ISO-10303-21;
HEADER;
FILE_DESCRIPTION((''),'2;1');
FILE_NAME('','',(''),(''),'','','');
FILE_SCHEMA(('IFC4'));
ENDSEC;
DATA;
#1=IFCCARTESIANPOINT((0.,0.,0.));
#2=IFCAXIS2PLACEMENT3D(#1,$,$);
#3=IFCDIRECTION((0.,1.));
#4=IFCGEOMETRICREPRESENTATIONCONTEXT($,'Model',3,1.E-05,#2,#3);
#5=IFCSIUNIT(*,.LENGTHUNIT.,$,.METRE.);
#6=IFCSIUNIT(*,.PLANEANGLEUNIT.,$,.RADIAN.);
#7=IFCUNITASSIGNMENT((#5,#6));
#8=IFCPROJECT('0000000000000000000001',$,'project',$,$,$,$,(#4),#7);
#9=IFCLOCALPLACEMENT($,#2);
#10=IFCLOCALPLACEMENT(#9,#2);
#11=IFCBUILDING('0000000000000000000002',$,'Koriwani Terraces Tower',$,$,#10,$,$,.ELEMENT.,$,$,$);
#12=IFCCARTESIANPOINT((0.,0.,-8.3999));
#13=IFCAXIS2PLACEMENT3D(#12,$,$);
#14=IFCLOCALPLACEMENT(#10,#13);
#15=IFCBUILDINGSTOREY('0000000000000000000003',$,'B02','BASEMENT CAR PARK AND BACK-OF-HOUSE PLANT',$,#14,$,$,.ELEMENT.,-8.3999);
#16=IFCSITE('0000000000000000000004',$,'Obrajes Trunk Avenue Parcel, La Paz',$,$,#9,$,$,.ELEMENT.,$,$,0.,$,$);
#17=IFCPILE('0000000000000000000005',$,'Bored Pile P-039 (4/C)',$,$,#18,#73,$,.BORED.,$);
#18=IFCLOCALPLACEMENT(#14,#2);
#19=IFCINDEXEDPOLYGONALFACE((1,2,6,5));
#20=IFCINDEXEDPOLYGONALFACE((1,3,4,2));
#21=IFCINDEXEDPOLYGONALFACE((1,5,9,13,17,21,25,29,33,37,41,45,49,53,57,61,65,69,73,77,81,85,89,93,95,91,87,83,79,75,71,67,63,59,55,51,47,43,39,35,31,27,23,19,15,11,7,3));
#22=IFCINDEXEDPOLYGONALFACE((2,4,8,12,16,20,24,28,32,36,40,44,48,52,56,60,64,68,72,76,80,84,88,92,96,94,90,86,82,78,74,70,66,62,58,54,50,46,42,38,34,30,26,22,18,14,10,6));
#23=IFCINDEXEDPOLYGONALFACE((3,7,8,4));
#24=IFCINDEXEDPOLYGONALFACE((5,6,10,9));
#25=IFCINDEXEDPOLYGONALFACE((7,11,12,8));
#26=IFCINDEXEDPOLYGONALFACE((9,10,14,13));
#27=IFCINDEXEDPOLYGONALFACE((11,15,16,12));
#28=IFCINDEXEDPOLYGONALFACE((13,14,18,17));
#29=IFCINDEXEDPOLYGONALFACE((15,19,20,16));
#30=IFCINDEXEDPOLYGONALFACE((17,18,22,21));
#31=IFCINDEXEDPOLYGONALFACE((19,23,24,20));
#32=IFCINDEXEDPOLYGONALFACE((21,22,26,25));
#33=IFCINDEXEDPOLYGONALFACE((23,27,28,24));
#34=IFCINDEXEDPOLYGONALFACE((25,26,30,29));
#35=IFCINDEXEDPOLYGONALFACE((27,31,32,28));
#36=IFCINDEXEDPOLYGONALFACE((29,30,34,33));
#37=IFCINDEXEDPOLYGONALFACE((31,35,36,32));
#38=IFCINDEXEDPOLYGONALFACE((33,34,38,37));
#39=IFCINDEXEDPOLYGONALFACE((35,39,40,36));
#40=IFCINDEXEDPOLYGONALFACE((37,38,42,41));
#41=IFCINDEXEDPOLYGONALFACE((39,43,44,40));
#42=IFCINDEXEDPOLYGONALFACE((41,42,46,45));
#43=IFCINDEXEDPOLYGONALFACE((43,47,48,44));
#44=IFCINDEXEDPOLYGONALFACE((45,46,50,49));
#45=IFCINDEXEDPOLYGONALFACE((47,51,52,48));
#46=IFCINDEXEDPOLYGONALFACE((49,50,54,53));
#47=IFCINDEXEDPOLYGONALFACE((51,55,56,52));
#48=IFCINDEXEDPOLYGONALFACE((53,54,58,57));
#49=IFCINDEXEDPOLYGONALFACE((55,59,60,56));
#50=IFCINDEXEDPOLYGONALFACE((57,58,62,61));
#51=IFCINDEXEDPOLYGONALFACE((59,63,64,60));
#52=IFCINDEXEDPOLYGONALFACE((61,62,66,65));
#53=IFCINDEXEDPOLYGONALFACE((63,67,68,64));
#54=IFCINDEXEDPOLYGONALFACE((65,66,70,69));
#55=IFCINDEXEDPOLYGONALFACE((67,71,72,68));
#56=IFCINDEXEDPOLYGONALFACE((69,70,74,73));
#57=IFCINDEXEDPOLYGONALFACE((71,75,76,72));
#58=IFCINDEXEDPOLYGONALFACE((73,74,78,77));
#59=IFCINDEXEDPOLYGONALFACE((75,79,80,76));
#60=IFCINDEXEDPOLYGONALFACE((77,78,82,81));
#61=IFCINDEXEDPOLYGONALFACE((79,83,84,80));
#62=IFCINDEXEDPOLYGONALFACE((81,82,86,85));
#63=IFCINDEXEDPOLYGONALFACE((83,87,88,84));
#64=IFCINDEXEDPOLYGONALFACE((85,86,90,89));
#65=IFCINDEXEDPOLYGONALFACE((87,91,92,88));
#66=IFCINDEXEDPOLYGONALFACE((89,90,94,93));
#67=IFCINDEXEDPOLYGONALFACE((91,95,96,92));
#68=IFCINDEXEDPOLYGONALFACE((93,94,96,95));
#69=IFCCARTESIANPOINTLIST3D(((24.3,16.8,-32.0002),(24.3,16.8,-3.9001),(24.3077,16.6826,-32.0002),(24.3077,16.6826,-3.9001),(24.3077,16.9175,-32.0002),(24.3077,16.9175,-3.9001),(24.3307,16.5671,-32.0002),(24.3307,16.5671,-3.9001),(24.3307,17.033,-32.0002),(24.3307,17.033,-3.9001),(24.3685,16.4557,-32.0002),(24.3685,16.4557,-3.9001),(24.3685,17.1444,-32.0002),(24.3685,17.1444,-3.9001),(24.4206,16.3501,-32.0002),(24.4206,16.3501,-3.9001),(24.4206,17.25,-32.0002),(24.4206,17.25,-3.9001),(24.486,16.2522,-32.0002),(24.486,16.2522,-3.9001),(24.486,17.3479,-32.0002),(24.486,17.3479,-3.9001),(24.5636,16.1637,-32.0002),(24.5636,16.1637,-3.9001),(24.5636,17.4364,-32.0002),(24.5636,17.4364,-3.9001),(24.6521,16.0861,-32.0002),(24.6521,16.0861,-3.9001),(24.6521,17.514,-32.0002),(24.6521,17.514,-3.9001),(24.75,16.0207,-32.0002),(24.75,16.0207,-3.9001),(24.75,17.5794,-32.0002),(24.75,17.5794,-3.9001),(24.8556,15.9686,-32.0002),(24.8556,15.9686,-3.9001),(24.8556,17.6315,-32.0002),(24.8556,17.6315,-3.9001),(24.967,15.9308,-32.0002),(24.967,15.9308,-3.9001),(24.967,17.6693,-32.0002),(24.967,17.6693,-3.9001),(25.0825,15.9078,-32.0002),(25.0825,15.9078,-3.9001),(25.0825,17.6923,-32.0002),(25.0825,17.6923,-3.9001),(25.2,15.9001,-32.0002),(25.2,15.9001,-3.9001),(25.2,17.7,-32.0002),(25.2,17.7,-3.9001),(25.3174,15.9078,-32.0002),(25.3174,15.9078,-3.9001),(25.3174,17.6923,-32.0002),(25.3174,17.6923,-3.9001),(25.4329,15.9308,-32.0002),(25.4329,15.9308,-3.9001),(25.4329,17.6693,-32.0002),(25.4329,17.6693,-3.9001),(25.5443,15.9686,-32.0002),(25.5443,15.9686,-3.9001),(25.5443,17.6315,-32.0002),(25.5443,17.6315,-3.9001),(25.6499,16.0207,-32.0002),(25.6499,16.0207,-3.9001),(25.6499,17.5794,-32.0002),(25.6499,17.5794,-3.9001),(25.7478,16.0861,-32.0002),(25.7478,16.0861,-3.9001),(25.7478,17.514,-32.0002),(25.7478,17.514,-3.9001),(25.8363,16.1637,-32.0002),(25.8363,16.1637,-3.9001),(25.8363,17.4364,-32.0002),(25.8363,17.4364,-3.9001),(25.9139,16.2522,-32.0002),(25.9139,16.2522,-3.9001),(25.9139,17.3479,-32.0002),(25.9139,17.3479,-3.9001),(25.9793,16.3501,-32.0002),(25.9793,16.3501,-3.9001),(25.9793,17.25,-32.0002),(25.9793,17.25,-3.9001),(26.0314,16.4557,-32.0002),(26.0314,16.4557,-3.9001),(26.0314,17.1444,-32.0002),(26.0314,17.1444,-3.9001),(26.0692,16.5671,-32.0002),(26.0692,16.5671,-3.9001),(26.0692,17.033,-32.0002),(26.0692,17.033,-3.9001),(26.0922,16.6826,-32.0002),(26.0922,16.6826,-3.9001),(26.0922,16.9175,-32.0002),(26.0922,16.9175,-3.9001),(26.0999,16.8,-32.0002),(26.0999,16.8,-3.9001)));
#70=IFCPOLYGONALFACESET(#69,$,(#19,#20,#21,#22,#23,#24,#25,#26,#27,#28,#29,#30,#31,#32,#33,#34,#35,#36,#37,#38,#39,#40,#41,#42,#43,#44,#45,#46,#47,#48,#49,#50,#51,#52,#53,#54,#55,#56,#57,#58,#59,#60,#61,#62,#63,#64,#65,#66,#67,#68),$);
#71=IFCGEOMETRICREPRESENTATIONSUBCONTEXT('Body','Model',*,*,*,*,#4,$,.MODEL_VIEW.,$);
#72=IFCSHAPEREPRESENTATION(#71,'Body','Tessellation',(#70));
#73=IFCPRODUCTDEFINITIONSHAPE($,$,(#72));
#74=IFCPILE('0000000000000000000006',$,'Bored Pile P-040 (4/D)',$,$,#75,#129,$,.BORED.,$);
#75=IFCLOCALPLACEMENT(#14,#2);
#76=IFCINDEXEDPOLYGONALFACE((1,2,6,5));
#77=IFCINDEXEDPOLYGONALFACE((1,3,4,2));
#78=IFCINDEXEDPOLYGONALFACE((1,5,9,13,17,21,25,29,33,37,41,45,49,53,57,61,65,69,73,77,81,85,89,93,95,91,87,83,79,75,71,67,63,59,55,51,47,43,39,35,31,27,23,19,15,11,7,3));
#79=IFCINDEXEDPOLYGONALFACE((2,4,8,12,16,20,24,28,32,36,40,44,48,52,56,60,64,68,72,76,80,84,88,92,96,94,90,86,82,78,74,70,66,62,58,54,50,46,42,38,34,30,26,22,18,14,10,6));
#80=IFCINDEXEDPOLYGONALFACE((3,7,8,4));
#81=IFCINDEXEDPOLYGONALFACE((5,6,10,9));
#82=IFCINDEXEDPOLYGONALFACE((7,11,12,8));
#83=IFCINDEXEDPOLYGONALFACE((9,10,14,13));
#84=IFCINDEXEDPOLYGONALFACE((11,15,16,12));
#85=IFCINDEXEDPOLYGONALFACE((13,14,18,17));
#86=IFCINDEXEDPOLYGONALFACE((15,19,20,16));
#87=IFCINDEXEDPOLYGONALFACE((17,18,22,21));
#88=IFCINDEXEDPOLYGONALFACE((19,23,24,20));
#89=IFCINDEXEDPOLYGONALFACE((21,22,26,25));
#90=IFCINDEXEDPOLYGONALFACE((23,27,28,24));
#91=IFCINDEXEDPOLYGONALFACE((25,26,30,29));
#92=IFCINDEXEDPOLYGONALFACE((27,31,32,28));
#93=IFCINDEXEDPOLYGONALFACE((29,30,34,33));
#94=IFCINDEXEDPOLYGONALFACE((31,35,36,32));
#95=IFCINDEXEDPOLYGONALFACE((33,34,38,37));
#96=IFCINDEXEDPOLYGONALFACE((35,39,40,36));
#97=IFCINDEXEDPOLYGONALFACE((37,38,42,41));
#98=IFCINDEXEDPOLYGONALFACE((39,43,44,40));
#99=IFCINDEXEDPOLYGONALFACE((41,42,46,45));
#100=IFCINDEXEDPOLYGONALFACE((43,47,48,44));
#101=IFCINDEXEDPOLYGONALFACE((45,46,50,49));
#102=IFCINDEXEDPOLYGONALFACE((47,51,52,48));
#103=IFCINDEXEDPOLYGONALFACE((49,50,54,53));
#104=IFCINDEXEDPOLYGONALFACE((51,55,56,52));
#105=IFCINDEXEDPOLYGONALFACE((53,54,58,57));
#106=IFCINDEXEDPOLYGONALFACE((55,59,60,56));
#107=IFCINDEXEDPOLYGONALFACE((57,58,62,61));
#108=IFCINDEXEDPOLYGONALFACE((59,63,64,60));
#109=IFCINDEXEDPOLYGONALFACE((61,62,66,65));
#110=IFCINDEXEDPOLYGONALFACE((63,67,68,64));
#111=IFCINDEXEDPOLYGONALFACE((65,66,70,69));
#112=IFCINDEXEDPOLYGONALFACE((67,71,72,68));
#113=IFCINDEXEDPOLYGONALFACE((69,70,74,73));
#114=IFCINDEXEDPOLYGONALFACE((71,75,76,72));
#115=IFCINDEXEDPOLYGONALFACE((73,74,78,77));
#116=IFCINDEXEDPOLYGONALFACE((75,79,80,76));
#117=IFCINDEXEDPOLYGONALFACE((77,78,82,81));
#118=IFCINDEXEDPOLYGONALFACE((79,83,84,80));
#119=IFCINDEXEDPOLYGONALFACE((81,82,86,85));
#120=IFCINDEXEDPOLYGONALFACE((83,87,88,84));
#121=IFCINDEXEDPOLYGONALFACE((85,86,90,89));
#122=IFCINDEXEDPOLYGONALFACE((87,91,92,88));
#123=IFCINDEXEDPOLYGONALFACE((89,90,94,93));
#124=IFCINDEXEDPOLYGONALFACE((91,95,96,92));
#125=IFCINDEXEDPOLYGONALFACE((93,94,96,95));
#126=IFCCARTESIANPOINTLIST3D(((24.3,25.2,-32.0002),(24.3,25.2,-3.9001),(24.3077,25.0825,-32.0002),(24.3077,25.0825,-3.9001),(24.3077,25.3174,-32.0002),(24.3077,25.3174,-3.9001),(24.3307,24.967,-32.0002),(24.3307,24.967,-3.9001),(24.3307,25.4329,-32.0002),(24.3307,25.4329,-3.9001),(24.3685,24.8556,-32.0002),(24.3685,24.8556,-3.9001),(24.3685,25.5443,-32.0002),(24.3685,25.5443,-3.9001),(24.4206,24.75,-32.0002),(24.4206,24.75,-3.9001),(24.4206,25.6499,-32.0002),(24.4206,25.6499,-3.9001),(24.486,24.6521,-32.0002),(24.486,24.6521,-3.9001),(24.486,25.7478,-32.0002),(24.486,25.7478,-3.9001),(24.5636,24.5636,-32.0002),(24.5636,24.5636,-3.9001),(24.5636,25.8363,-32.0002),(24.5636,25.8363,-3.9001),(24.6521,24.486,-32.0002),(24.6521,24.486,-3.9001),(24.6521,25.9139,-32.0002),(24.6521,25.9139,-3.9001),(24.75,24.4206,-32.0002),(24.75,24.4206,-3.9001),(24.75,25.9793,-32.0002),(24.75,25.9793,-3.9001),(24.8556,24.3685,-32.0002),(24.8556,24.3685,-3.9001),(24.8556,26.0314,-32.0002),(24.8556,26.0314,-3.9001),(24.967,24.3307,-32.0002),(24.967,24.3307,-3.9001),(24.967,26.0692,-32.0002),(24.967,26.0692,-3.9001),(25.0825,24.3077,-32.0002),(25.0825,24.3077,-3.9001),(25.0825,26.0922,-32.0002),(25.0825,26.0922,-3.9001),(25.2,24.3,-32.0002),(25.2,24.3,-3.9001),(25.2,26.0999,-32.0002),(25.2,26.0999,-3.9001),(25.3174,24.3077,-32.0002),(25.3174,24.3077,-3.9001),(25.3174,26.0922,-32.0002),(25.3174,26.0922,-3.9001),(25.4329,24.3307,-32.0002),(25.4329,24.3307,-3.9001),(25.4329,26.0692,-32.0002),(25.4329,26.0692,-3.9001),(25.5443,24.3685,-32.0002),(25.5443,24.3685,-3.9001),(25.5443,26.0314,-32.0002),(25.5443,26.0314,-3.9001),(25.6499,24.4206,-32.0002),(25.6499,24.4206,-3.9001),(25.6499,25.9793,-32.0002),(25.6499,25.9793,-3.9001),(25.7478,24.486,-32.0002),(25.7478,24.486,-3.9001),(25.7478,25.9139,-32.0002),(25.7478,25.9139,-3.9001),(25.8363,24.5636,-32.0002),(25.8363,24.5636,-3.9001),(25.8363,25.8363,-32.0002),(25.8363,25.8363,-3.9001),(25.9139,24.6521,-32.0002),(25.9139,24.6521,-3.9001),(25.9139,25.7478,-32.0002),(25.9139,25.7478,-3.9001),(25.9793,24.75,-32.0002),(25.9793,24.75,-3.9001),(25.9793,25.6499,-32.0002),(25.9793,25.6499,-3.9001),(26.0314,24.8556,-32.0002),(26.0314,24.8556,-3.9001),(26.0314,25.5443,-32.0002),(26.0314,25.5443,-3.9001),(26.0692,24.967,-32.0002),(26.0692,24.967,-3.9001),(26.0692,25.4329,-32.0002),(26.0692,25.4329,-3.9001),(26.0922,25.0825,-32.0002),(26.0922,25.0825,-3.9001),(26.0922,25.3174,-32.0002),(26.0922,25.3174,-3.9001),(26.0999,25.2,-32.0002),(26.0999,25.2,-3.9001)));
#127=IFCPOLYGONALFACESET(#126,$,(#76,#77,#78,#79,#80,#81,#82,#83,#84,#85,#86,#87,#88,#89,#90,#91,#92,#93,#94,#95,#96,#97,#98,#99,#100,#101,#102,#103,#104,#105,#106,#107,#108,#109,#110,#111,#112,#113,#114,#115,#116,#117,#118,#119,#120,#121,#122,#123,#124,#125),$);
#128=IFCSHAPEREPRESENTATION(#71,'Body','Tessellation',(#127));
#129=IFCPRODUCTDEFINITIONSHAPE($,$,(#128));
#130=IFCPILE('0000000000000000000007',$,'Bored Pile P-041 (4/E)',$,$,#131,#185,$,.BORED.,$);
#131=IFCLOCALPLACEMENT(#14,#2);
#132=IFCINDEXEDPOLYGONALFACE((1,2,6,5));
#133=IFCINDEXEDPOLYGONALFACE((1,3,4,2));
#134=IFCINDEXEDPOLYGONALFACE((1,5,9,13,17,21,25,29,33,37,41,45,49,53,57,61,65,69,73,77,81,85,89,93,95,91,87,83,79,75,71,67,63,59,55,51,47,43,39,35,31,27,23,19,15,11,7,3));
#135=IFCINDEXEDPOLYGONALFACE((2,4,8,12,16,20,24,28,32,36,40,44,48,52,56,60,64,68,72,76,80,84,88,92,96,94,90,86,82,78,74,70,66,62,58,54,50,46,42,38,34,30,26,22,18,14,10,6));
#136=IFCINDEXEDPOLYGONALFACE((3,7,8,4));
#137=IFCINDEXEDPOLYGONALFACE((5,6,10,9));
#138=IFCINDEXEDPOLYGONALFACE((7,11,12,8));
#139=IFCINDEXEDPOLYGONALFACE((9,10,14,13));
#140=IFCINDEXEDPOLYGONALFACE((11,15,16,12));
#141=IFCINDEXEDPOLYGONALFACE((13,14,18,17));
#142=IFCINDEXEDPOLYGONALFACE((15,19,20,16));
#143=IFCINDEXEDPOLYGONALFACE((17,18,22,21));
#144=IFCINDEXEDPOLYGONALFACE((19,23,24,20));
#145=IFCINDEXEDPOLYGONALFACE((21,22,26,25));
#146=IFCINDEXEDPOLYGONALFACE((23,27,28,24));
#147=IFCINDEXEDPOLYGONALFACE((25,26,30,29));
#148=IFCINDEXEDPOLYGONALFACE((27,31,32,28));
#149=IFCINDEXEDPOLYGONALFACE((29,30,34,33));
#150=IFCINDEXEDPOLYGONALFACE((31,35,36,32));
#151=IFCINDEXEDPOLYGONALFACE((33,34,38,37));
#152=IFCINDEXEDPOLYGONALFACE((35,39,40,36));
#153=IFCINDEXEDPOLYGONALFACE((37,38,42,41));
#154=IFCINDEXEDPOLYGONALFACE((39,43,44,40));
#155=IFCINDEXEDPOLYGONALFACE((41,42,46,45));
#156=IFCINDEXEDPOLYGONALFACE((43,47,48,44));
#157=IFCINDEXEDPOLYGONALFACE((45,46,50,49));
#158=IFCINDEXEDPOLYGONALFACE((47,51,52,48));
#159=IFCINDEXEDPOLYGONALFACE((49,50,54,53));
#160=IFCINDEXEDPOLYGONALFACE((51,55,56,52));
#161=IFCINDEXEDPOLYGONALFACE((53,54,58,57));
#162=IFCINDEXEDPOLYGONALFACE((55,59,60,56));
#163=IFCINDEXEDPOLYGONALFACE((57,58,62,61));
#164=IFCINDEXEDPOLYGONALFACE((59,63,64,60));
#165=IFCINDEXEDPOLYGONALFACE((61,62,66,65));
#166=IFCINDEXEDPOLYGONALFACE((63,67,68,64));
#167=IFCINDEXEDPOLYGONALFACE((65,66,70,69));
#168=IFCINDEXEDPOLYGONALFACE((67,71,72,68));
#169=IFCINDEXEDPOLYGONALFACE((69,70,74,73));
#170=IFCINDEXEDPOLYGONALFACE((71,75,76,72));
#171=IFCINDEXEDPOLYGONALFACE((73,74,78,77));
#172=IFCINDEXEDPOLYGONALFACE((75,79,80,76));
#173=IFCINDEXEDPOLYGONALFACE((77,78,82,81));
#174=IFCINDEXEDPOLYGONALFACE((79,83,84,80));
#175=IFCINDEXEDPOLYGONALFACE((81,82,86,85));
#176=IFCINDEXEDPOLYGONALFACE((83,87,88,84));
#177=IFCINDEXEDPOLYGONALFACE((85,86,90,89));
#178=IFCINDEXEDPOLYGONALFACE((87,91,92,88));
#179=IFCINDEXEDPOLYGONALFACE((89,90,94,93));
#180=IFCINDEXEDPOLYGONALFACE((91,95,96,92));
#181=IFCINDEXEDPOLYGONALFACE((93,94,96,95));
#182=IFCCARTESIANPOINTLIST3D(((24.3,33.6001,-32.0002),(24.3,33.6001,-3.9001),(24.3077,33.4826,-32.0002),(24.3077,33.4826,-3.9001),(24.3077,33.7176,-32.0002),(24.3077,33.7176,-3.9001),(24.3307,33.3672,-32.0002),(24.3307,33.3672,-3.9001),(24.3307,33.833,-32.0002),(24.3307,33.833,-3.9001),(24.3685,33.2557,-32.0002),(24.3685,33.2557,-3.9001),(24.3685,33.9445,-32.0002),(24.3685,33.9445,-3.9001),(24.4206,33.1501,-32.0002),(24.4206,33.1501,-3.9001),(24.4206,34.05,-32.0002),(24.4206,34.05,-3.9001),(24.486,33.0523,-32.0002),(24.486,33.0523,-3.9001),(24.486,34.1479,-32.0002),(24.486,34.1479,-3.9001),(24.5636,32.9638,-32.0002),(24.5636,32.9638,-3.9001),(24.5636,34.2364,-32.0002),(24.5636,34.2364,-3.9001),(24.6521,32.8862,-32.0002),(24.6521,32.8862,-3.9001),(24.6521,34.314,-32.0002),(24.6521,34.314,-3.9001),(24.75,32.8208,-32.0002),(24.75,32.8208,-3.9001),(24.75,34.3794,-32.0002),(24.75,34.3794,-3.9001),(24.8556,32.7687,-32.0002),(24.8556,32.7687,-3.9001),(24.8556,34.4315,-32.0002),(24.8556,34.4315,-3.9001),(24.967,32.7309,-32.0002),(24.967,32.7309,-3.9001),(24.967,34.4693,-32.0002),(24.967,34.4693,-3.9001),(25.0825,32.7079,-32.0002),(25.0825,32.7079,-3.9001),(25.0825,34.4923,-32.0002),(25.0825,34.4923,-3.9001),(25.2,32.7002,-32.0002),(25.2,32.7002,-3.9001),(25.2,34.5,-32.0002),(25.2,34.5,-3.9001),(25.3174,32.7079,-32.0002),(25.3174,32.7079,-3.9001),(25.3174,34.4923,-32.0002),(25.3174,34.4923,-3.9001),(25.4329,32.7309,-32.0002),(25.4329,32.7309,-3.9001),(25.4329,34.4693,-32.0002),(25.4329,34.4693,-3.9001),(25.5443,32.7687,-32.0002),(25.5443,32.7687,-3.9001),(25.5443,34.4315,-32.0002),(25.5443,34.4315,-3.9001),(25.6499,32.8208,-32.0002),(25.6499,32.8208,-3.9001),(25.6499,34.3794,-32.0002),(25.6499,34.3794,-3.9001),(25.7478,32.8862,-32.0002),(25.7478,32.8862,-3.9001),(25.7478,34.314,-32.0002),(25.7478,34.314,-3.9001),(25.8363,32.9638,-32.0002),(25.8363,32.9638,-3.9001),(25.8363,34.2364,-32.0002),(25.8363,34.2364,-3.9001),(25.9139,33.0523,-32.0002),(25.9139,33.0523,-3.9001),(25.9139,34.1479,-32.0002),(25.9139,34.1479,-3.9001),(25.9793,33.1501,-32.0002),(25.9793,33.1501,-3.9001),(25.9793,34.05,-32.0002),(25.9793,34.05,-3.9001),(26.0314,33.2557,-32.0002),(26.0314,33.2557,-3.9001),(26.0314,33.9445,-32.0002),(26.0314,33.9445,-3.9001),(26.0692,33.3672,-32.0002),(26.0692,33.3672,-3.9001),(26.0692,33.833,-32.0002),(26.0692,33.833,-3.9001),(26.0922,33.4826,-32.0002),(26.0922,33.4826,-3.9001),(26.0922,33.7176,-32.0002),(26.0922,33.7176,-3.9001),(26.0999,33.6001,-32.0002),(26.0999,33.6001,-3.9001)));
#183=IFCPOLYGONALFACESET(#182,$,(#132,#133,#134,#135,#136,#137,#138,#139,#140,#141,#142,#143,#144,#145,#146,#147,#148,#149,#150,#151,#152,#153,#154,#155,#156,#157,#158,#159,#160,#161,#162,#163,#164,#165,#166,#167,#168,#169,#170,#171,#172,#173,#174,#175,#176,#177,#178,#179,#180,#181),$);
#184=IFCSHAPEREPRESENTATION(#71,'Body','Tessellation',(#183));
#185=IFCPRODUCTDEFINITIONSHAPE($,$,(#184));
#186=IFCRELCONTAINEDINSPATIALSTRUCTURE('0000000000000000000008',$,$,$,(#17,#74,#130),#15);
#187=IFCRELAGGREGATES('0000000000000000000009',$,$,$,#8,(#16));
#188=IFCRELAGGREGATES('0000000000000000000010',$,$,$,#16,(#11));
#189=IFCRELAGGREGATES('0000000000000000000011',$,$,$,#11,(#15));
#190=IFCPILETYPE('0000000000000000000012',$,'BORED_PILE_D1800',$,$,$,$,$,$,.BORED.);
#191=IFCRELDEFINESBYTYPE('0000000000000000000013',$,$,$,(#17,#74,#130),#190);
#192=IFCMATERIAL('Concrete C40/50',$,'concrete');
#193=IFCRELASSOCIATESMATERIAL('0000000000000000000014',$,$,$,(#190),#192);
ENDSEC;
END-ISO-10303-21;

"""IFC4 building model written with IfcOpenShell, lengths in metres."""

from ifc_helpers import new_model, si_unit, direction, frame, origin, origin_2d, place, context, subcontext, project, spatial, circle, extrude, material, material_profile, profile_set, type_object, element, save


model = new_model("IFC4")

# Units and contexts
model_context = context("Model", 3, precision=1e-05, world=origin(), true_north=direction((0.0, 1.0)))
body_context = subcontext(model_context, "Body", "Model", "MODEL_VIEW")
ifc_project = project(units=[si_unit("LENGTHUNIT", "METRE"), si_unit("PLANEANGLEUNIT", "RADIAN")], contexts=[model_context])

# Site, building, storey
site_placement = place(None, origin())
site = spatial("IfcSite", under=ifc_project, at=site_placement, Name="Obrajes Trunk Avenue Parcel, La Paz", CompositionType="ELEMENT", RefElevation=0.0)
building_placement = place(site_placement, origin())
building = spatial("IfcBuilding", under=site, at=building_placement, Name="Koriwani Terraces Tower", CompositionType="ELEMENT")
storey_placement = place(building_placement, frame((0.0, 0.0, -8.3999)))
storey = spatial("IfcBuildingStorey", under=building, at=storey_placement, Name="B02", Description="BASEMENT CAR PARK AND BACK-OF-HOUSE PLANT", CompositionType="ELEMENT", Elevation=-8.3999)

# Piles
ifc_material_1 = material(Name="Concrete C40/50", Category="concrete")
ifc_material_profile_1 = material_profile(ifc_material_1, circle(Radius=0.8999, at=origin_2d()), Name="Concrete C40/50")
ifc_profile_set_1 = profile_set([ifc_material_profile_1], Name="Concrete C40/50")
pile_type = type_object("IfcPileType", Name="BORED_PILE_D1800", PredefinedType="BORED", material=ifc_profile_set_1)
for number, where, z_axis, x_axis, name in (
    (1, (25.2, 16.8, -3.9001), (0.0, 0.0, -1.0), (1.0, 0.0, 0.0), "Bored Pile P-039 (4/C)"),
    (2, (25.2, 25.2, -3.9001), (0.0, 0.0, -1.0), (1.0, 0.0, 0.0), "Bored Pile P-040 (4/D)"),
    (3, (25.2, 33.6001, -3.9001), (0.0, 0.0, -1.0), (1.0, 0.0, 0.0), "Bored Pile P-041 (4/E)"),
):
    element("IfcPile", number, at=place(storey_placement, frame(where, z_axis=z_axis, x_axis=x_axis)), inside=storey, type_object=pile_type, Name=name, PredefinedType="BORED", context=body_context, shape_type="SweptSolid", body=[
        extrude(circle(Radius=0.8999, at=origin_2d()), origin(), (0.0, 0.0, 1.0), 28.1001),
    ])

save(model, "model.ifc")
